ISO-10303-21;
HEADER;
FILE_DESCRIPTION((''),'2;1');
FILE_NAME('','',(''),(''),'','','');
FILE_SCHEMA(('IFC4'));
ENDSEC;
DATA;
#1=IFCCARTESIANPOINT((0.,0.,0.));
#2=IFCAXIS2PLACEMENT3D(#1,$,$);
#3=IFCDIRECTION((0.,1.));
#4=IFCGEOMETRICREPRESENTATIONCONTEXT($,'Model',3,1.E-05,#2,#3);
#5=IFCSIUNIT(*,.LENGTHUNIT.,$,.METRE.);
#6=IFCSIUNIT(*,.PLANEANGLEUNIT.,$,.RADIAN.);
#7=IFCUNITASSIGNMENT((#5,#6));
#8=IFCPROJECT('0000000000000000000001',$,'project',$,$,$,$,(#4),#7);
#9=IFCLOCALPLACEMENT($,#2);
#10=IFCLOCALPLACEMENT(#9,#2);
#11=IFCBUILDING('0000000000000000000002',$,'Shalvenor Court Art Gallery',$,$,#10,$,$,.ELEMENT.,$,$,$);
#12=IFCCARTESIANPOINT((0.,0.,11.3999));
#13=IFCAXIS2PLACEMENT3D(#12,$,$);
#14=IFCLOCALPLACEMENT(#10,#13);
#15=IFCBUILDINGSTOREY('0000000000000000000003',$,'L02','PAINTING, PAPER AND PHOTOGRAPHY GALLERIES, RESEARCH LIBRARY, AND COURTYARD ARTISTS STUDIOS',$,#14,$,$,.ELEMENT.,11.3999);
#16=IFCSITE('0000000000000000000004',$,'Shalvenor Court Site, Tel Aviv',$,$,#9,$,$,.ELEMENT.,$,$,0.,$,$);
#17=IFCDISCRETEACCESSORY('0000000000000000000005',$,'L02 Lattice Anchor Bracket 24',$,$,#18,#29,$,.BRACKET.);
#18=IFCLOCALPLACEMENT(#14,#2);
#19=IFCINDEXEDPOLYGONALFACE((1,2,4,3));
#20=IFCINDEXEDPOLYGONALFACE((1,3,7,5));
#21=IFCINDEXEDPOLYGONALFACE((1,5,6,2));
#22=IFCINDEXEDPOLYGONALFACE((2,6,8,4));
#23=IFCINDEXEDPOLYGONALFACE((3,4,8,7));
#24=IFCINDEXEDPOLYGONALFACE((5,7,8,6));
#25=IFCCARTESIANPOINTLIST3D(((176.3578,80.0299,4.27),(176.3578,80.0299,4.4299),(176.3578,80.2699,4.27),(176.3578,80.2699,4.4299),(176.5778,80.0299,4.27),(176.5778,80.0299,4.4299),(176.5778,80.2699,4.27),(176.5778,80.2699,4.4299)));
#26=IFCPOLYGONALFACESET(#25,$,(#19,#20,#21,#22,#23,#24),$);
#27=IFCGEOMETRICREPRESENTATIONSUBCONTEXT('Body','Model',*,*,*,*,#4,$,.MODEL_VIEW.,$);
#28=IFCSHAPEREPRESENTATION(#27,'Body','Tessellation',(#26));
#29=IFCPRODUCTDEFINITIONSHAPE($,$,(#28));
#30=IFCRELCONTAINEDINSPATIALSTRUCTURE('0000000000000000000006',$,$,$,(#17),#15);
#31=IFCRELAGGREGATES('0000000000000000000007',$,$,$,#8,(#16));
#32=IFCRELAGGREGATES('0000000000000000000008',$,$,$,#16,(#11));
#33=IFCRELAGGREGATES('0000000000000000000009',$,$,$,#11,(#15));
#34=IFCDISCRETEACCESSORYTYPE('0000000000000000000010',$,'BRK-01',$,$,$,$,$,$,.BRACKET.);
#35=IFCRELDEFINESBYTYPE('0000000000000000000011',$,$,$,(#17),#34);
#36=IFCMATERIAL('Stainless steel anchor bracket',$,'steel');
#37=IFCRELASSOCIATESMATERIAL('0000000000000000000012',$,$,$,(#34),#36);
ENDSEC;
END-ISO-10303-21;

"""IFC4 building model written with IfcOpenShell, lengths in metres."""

from ifc_helpers import new_model, si_unit, direction, frame, origin, origin_2d, place, context, subcontext, project, spatial, rectangle, extrude, material, type_object, element, save


model = new_model("IFC4")

# Units and contexts
model_context = context("Model", 3, precision=1e-05, world=origin(), true_north=direction((0.0, 1.0)))
body_context = subcontext(model_context, "Body", "Model", "MODEL_VIEW")
ifc_project = project(units=[si_unit("LENGTHUNIT", "METRE"), si_unit("PLANEANGLEUNIT", "RADIAN")], contexts=[model_context])

# Site, building, storey
site_placement = place(None, origin())
site = spatial("IfcSite", under=ifc_project, at=site_placement, Name="Shalvenor Court Site, Tel Aviv", CompositionType="ELEMENT", RefElevation=0.0)
building_placement = place(site_placement, origin())
building = spatial("IfcBuilding", under=site, at=building_placement, Name="Shalvenor Court Art Gallery", CompositionType="ELEMENT")
storey_placement = place(building_placement, frame((0.0, 0.0, 11.3999)))
storey = spatial("IfcBuildingStorey", under=building, at=storey_placement, Name="L02", Description="PAINTING, PAPER AND PHOTOGRAPHY GALLERIES, RESEARCH LIBRARY, AND COURTYARD ARTISTS STUDIOS", CompositionType="ELEMENT", Elevation=11.3999)

# Discrete accessory
ifc_material_1 = material(Name="Stainless steel anchor bracket", Category="steel")
discrete_accessory_type = type_object("IfcDiscreteAccessoryType", Name="BRK-01", PredefinedType="BRACKET", material=ifc_material_1)
discrete_accessory_placement = place(storey_placement, frame((176.4678, 80.1499, 4.27), z_axis=(0.0, 0.0, 1.0), x_axis=(0.0, -1.0, 0.0)))
element("IfcDiscreteAccessory", 1, at=discrete_accessory_placement, inside=storey, type_object=discrete_accessory_type, Name="L02 Lattice Anchor Bracket 24", PredefinedType="BRACKET", context=body_context, shape_type="SweptSolid", body=[
    extrude(rectangle(XDim=0.24, YDim=0.22, at=origin_2d()), origin(), (0.0, 0.0, 1.0), 0.1599),
])

save(model, "model.ifc")
